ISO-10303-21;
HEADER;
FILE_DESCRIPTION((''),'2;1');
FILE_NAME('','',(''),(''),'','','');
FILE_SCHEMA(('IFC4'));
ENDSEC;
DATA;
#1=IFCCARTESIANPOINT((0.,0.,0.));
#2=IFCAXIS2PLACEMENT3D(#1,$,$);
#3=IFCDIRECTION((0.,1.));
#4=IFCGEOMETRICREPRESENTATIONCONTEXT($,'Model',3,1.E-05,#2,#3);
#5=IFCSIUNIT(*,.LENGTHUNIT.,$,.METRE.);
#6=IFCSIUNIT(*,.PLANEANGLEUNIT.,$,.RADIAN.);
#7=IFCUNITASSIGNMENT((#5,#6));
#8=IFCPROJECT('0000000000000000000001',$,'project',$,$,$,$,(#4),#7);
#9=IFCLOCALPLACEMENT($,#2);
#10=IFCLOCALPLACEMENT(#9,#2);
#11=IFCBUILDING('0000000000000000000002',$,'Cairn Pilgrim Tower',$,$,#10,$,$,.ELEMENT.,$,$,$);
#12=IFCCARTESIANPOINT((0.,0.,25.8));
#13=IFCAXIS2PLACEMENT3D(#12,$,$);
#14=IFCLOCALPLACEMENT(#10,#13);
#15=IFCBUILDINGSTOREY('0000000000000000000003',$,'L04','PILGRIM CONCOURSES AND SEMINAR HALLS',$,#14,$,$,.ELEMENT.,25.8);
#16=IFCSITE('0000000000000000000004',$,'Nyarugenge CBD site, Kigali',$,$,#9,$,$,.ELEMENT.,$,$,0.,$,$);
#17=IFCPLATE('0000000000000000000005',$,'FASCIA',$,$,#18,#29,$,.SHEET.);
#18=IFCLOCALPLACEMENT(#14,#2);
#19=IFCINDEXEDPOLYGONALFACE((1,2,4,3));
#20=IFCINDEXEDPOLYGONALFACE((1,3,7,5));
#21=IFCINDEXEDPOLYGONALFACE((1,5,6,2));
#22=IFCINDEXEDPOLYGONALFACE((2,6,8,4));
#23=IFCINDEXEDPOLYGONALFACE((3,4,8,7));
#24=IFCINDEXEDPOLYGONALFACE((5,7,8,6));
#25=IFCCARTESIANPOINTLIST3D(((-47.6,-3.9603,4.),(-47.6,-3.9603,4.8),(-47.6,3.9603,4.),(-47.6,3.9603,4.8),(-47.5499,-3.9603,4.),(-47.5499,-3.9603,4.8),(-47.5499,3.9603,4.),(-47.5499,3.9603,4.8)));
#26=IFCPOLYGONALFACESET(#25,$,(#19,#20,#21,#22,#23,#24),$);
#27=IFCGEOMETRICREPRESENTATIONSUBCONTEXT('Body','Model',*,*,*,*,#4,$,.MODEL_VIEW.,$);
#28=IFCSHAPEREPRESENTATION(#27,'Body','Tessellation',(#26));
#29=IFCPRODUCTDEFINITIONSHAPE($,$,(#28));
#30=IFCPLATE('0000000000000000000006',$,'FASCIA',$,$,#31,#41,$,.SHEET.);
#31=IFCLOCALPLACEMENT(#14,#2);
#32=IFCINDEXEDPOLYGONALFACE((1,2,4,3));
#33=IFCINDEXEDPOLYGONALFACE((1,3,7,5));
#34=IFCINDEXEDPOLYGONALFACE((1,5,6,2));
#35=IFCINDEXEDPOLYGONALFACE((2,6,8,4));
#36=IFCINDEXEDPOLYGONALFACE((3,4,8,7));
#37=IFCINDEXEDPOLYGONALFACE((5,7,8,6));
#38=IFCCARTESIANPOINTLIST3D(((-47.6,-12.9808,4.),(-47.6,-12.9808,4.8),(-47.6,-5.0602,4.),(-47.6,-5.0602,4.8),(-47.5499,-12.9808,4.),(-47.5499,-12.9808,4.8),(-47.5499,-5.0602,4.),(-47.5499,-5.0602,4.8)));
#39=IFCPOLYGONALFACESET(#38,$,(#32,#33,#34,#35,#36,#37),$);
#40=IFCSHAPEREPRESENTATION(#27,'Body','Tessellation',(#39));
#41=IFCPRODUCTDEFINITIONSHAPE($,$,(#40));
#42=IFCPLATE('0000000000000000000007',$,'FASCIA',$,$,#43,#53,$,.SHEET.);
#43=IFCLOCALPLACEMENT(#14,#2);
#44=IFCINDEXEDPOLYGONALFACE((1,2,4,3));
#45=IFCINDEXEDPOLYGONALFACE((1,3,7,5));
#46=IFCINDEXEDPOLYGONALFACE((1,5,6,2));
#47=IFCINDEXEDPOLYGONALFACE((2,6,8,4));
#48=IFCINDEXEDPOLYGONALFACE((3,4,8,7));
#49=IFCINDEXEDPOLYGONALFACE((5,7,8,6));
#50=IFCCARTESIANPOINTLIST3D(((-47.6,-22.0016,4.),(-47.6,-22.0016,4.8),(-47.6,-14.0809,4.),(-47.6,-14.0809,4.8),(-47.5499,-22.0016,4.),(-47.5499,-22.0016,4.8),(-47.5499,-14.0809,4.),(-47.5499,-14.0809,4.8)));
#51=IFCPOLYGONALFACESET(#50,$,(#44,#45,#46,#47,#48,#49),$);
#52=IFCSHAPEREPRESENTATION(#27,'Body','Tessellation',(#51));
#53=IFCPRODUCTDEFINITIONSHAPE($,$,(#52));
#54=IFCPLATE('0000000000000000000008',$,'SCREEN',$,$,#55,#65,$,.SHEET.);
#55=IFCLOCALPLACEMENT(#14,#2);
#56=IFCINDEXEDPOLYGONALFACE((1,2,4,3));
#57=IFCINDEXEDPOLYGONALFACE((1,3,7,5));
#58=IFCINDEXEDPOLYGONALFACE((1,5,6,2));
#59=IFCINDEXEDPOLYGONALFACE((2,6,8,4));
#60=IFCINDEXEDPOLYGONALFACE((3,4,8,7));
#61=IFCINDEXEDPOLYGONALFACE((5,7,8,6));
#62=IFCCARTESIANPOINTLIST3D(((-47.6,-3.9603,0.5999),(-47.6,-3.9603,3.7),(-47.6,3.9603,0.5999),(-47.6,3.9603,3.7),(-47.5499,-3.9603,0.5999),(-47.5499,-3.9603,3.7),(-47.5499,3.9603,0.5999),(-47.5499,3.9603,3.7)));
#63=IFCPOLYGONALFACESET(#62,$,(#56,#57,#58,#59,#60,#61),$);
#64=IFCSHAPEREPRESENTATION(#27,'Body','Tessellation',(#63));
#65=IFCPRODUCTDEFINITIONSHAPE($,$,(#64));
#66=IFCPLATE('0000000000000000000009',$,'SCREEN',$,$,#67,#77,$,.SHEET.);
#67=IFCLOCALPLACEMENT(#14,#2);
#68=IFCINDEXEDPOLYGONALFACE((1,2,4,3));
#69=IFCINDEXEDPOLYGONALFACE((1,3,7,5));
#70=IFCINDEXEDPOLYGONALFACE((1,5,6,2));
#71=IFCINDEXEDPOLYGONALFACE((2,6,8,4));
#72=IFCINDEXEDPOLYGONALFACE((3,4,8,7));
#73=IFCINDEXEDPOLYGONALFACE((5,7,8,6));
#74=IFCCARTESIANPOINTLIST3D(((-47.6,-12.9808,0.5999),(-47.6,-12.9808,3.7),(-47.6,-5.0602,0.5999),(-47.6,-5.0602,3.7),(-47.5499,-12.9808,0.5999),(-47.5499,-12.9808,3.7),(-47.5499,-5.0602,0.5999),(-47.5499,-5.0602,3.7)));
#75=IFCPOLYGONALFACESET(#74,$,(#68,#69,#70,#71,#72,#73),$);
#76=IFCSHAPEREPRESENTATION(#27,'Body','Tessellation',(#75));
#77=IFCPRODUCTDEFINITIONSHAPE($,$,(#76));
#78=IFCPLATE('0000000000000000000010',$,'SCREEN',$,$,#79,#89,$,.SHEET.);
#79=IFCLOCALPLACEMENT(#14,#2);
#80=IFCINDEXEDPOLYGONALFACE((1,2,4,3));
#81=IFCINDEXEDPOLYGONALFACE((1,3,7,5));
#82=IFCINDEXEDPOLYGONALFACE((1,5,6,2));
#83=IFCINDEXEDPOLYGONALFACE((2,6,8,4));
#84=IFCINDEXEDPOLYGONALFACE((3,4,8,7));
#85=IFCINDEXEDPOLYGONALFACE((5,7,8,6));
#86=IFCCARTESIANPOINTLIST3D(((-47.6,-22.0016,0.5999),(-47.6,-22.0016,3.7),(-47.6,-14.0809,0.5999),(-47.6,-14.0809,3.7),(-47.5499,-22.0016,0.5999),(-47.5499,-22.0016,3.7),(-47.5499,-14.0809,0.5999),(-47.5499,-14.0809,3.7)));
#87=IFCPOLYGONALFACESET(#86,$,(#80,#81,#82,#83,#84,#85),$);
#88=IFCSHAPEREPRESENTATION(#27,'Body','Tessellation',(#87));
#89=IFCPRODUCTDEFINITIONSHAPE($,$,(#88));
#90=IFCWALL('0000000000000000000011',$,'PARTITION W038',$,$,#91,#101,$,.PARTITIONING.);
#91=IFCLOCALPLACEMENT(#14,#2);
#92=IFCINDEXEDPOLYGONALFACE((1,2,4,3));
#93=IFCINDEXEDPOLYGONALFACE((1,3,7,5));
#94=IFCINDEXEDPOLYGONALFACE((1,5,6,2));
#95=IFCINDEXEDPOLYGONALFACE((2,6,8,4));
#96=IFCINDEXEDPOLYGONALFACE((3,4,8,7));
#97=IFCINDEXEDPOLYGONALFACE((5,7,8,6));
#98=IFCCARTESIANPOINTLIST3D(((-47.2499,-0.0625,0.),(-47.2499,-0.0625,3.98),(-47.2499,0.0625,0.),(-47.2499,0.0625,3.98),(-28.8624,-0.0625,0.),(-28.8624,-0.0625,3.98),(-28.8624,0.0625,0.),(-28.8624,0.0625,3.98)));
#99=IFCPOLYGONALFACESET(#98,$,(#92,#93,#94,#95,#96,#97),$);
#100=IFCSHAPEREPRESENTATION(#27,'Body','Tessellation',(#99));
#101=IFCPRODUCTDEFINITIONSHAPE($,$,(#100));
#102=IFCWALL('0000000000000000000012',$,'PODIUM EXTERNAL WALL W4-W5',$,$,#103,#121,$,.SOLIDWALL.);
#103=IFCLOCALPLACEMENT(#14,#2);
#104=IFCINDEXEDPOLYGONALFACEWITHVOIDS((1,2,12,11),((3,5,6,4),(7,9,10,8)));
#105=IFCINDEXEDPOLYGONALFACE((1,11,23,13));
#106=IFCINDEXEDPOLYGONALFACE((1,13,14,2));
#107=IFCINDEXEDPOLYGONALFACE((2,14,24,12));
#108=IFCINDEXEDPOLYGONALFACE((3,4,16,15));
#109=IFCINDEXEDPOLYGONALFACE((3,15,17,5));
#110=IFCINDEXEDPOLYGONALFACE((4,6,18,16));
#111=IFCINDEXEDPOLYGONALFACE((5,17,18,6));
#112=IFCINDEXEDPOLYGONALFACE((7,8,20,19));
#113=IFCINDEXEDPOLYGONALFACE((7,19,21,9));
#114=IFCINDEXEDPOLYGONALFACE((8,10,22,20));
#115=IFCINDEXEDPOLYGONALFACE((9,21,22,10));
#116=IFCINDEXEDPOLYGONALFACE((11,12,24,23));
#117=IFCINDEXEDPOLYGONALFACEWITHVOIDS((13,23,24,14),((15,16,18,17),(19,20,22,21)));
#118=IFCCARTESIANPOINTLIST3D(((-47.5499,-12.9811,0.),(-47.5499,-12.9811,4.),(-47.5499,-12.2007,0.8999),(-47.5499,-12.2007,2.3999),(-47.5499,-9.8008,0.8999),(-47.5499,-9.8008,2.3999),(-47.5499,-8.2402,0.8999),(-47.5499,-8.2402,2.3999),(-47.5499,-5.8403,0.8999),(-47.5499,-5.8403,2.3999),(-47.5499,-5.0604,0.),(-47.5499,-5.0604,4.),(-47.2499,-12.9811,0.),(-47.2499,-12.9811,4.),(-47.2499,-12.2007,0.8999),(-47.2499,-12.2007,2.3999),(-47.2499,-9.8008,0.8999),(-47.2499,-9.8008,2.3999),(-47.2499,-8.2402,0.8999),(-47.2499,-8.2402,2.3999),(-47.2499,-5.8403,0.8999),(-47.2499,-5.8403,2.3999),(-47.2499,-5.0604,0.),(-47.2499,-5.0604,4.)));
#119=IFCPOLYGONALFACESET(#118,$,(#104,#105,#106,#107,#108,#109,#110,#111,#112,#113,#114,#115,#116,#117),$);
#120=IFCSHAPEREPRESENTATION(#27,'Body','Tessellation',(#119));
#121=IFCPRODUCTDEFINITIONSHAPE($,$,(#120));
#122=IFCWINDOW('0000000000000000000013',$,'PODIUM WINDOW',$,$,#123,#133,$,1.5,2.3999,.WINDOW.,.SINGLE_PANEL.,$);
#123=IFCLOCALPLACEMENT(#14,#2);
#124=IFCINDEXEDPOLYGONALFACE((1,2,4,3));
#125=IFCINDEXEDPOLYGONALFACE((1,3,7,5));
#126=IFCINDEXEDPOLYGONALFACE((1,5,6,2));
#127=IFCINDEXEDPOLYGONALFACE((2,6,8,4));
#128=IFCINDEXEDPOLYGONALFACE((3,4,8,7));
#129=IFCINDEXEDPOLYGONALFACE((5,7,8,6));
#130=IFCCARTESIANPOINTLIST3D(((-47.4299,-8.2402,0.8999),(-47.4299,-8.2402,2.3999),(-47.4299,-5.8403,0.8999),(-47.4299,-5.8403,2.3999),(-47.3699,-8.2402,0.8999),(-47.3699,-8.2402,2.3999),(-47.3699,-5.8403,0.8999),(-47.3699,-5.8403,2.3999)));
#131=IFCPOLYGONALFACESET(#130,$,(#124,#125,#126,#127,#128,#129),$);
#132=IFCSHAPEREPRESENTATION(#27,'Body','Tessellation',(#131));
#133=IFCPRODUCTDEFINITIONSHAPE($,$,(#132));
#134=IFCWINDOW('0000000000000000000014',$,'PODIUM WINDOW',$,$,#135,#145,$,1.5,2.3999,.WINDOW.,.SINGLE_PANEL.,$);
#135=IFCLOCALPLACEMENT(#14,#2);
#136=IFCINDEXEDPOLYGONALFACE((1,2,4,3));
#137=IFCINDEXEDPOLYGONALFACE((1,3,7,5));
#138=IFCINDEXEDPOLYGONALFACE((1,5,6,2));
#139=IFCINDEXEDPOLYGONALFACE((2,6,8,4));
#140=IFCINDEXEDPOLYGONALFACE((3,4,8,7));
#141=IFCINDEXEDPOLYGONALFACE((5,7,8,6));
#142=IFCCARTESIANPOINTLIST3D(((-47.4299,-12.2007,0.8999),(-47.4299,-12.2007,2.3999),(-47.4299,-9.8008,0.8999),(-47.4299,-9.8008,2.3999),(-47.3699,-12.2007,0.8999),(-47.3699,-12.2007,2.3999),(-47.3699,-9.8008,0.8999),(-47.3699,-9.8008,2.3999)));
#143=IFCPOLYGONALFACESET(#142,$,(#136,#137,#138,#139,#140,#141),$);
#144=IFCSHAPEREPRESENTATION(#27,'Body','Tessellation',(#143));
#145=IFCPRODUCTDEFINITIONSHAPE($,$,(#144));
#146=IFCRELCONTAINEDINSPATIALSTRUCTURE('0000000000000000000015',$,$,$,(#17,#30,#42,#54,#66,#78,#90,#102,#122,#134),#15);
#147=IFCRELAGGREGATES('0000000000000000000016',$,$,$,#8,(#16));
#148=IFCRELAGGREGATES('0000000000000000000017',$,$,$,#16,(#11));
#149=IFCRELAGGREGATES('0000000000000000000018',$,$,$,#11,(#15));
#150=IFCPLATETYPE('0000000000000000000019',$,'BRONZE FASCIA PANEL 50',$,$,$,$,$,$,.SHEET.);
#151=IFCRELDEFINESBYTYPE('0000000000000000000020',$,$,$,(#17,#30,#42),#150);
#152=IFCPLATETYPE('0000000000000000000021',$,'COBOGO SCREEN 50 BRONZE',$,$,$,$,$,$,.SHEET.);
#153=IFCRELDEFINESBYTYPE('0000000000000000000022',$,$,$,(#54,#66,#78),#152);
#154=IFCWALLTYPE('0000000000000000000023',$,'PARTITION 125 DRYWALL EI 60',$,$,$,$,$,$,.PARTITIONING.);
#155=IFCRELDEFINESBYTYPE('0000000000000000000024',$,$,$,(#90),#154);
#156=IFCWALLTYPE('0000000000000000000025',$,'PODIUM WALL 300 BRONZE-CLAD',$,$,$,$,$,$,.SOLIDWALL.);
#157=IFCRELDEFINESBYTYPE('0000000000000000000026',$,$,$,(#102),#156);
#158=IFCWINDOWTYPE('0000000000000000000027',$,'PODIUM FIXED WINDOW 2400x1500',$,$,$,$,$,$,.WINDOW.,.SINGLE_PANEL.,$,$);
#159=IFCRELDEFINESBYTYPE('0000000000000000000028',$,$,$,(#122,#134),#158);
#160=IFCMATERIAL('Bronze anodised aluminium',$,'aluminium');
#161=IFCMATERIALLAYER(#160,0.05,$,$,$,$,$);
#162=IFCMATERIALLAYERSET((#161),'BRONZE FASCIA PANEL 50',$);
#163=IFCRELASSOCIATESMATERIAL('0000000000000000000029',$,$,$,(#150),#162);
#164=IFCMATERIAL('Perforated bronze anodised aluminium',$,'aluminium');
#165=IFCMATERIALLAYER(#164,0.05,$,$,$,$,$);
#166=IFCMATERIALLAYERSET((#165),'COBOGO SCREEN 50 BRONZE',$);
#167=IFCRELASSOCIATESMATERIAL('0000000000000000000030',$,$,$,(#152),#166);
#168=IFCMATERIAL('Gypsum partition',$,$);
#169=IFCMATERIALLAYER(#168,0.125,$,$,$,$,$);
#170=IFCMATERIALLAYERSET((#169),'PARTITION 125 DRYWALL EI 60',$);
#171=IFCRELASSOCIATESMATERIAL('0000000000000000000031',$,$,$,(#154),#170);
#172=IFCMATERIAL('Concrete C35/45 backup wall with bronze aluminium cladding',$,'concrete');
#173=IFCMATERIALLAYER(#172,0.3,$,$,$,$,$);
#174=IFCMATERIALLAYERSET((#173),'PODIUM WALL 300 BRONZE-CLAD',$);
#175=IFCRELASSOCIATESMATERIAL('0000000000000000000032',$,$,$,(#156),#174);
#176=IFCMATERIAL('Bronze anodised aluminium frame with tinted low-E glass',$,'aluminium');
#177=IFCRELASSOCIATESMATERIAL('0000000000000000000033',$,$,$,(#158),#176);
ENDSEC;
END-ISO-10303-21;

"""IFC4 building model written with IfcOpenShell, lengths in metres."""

from ifc_helpers import new_model, si_unit, direction, frame, frame_2d, origin, origin_2d, place, context, subcontext, project, spatial, rectangle, extrude, material, layer, layer_set, type_object, element, fill, save


model = new_model("IFC4")

# Units and contexts
model_context = context("Model", 3, precision=1e-05, world=origin(), true_north=direction((0.0, 1.0)))
body_context = subcontext(model_context, "Body", "Model", "MODEL_VIEW")
ifc_project = project(units=[si_unit("LENGTHUNIT", "METRE"), si_unit("PLANEANGLEUNIT", "RADIAN")], contexts=[model_context])

# Site, building, storey
site_placement = place(None, origin())
site = spatial("IfcSite", under=ifc_project, at=site_placement, Name="Nyarugenge CBD site, Kigali", CompositionType="ELEMENT", RefElevation=0.0)
building_placement = place(site_placement, origin())
building = spatial("IfcBuilding", under=site, at=building_placement, Name="Cairn Pilgrim Tower", CompositionType="ELEMENT")
storey_placement = place(building_placement, frame((0.0, 0.0, 25.8)))
storey = spatial("IfcBuildingStorey", under=building, at=storey_placement, Name="L04", Description="PILGRIM CONCOURSES AND SEMINAR HALLS", CompositionType="ELEMENT", Elevation=25.8)

# Plates
ifc_material_1 = material(Name="Bronze anodised aluminium", Category="aluminium")
ifc_layer_1 = layer(ifc_material_1, 0.05)
ifc_layer_set_1 = layer_set([ifc_layer_1], Name="BRONZE FASCIA PANEL 50")
plate_type_1 = type_object("IfcPlateType", Name="BRONZE FASCIA PANEL 50", PredefinedType="SHEET", material=ifc_layer_set_1)
for number, where, z_axis, x_axis, name in (
    (1, (-47.575, 0.0, 4.0), (0.0, 0.0, 1.0), (0.0, -1.0, 0.0), "FASCIA"),
    (2, (-47.575, -9.0205, 4.0), (0.0, 0.0, 1.0), (0.0, -1.0, 0.0), "FASCIA"),
    (3, (-47.575, -18.0413, 4.0), (0.0, 0.0, 1.0), (0.0, -1.0, 0.0), "FASCIA"),
):
    element("IfcPlate", number, at=place(storey_placement, frame(where, z_axis=z_axis, x_axis=x_axis)), inside=storey, type_object=plate_type_1, Name=name, PredefinedType="SHEET", context=body_context, shape_type="SweptSolid", body=[
        extrude(rectangle(XDim=7.9207, YDim=0.05, at=origin_2d()), origin(), (0.0, 0.0, 1.0), 0.8),
    ])
ifc_material_2 = material(Name="Perforated bronze anodised aluminium", Category="aluminium")
ifc_layer_2 = layer(ifc_material_2, 0.05)
ifc_layer_set_2 = layer_set([ifc_layer_2], Name="COBOGO SCREEN 50 BRONZE")
plate_type_2 = type_object("IfcPlateType", Name="COBOGO SCREEN 50 BRONZE", PredefinedType="SHEET", material=ifc_layer_set_2)
for number, where, z_axis, x_axis, name in (
    (4, (-47.575, 0.0, 0.5999), (0.0, 0.0, 1.0), (0.0, -1.0, 0.0), "SCREEN"),
    (5, (-47.575, -9.0205, 0.5999), (0.0, 0.0, 1.0), (0.0, -1.0, 0.0), "SCREEN"),
    (6, (-47.575, -18.0413, 0.5999), (0.0, 0.0, 1.0), (0.0, -1.0, 0.0), "SCREEN"),
):
    element("IfcPlate", number, at=place(storey_placement, frame(where, z_axis=z_axis, x_axis=x_axis)), inside=storey, type_object=plate_type_2, Name=name, PredefinedType="SHEET", context=body_context, shape_type="SweptSolid", body=[
        extrude(rectangle(XDim=7.9207, YDim=0.05, at=origin_2d()), origin(), (0.0, 0.0, 1.0), 3.1001),
    ])

# Wall
ifc_material_3 = material(Name="Gypsum partition")
ifc_layer_3 = layer(ifc_material_3, 0.125)
ifc_layer_set_3 = layer_set([ifc_layer_3], Name="PARTITION 125 DRYWALL EI 60")
wall_type_1 = type_object("IfcWallType", Name="PARTITION 125 DRYWALL EI 60", PredefinedType="PARTITIONING", material=ifc_layer_set_3)
wall_1_placement = place(storey_placement, frame((-47.25, 0.0, 0.0), z_axis=(0.0, 0.0, 1.0), x_axis=(1.0, 0.0, 0.0)))
element("IfcWall", 7, at=wall_1_placement, inside=storey, type_object=wall_type_1, Name="PARTITION W038", PredefinedType="PARTITIONING", context=body_context, shape_type="SweptSolid", body=[
    extrude(rectangle(XDim=18.3875, YDim=0.125, at=frame_2d((9.1938, 0.0))), origin(), (0.0, 0.0, 1.0), 3.98),
])

# Wall, openings, windows
ifc_material_4 = material(Name="Concrete C35/45 backup wall with bronze aluminium cladding", Category="concrete")
ifc_layer_4 = layer(ifc_material_4, 0.3)
ifc_layer_set_4 = layer_set([ifc_layer_4], Name="PODIUM WALL 300 BRONZE-CLAD")
wall_type_2 = type_object("IfcWallType", Name="PODIUM WALL 300 BRONZE-CLAD", PredefinedType="SOLIDWALL", material=ifc_layer_set_4)
wall_2_placement = place(storey_placement, frame((-47.3999, -5.0603, 0.0), z_axis=(0.0, 0.0, 1.0), x_axis=(0.0, -1.0, 0.0)))
wall_2 = element("IfcWall", 8, at=wall_2_placement, inside=storey, type_object=wall_type_2, Name="PODIUM EXTERNAL WALL W4-W5", PredefinedType="SOLIDWALL", context=body_context, shape_type="SweptSolid", body=[
    extrude(rectangle(XDim=7.9207, YDim=0.3, at=frame_2d((3.9604, 0.0))), origin(), (0.0, 0.0, 1.0), 4.0),
])
opening_1_placement = place(wall_2_placement, frame((0.78, 0.0, 0.8999)))
opening_1 = element("IfcOpeningElement", 9, at=opening_1_placement, cuts=wall_2, PredefinedType="OPENING", context=body_context, shape_type="SweptSolid", body=[
    extrude(rectangle(XDim=2.3999, YDim=1.5, at=frame_2d((1.2, 0.75))), frame((0.0, 0.1602, 0.0), z_axis=(0.0, -1.0, 0.0), x_axis=(1.0, 0.0, 0.0)), (0.0, 0.0, 1.0), 0.3201),
])
opening_2_placement = place(wall_2_placement, frame((4.7405, 0.0, 0.8999)))
opening_2 = element("IfcOpeningElement", 10, at=opening_2_placement, cuts=wall_2, PredefinedType="OPENING", context=body_context, shape_type="SweptSolid", body=[
    extrude(rectangle(XDim=2.3999, YDim=1.5, at=frame_2d((1.2, 0.75))), frame((0.0, 0.1602, 0.0), z_axis=(0.0, -1.0, 0.0), x_axis=(1.0, 0.0, 0.0)), (0.0, 0.0, 1.0), 0.3201),
])
ifc_material_5 = material(Name="Bronze anodised aluminium frame with tinted low-E glass", Category="aluminium")
window_type = type_object("IfcWindowType", Name="PODIUM FIXED WINDOW 2400x1500", PartitioningType="SINGLE_PANEL", PredefinedType="WINDOW", material=ifc_material_5)
window_1_placement = place(opening_1_placement, origin())
window_1 = element("IfcWindow", 11, at=window_1_placement, inside=storey, type_object=window_type, Name="PODIUM WINDOW", OverallHeight=1.5, OverallWidth=2.3999, PartitioningType="SINGLE_PANEL", PredefinedType="WINDOW", context=body_context, shape_type="SweptSolid", body=[
    extrude(rectangle(XDim=2.3999, YDim=1.5, at=frame_2d((1.2, 0.75))), frame((0.0, 0.03, 0.0), z_axis=(0.0, -1.0, 0.0), x_axis=(1.0, 0.0, 0.0)), (0.0, 0.0, 1.0), 0.0601),
])
fill(opening_1, window_1)
window_2_placement = place(opening_2_placement, origin())
window_2 = element("IfcWindow", 12, at=window_2_placement, inside=storey, type_object=window_type, Name="PODIUM WINDOW", OverallHeight=1.5, OverallWidth=2.3999, PartitioningType="SINGLE_PANEL", PredefinedType="WINDOW", context=body_context, shape_type="SweptSolid", body=[
    extrude(rectangle(XDim=2.3999, YDim=1.5, at=frame_2d((1.2, 0.75))), frame((0.0, 0.03, 0.0), z_axis=(0.0, -1.0, 0.0), x_axis=(1.0, 0.0, 0.0)), (0.0, 0.0, 1.0), 0.0601),
])
fill(opening_2, window_2)

save(model, "model.ifc")
